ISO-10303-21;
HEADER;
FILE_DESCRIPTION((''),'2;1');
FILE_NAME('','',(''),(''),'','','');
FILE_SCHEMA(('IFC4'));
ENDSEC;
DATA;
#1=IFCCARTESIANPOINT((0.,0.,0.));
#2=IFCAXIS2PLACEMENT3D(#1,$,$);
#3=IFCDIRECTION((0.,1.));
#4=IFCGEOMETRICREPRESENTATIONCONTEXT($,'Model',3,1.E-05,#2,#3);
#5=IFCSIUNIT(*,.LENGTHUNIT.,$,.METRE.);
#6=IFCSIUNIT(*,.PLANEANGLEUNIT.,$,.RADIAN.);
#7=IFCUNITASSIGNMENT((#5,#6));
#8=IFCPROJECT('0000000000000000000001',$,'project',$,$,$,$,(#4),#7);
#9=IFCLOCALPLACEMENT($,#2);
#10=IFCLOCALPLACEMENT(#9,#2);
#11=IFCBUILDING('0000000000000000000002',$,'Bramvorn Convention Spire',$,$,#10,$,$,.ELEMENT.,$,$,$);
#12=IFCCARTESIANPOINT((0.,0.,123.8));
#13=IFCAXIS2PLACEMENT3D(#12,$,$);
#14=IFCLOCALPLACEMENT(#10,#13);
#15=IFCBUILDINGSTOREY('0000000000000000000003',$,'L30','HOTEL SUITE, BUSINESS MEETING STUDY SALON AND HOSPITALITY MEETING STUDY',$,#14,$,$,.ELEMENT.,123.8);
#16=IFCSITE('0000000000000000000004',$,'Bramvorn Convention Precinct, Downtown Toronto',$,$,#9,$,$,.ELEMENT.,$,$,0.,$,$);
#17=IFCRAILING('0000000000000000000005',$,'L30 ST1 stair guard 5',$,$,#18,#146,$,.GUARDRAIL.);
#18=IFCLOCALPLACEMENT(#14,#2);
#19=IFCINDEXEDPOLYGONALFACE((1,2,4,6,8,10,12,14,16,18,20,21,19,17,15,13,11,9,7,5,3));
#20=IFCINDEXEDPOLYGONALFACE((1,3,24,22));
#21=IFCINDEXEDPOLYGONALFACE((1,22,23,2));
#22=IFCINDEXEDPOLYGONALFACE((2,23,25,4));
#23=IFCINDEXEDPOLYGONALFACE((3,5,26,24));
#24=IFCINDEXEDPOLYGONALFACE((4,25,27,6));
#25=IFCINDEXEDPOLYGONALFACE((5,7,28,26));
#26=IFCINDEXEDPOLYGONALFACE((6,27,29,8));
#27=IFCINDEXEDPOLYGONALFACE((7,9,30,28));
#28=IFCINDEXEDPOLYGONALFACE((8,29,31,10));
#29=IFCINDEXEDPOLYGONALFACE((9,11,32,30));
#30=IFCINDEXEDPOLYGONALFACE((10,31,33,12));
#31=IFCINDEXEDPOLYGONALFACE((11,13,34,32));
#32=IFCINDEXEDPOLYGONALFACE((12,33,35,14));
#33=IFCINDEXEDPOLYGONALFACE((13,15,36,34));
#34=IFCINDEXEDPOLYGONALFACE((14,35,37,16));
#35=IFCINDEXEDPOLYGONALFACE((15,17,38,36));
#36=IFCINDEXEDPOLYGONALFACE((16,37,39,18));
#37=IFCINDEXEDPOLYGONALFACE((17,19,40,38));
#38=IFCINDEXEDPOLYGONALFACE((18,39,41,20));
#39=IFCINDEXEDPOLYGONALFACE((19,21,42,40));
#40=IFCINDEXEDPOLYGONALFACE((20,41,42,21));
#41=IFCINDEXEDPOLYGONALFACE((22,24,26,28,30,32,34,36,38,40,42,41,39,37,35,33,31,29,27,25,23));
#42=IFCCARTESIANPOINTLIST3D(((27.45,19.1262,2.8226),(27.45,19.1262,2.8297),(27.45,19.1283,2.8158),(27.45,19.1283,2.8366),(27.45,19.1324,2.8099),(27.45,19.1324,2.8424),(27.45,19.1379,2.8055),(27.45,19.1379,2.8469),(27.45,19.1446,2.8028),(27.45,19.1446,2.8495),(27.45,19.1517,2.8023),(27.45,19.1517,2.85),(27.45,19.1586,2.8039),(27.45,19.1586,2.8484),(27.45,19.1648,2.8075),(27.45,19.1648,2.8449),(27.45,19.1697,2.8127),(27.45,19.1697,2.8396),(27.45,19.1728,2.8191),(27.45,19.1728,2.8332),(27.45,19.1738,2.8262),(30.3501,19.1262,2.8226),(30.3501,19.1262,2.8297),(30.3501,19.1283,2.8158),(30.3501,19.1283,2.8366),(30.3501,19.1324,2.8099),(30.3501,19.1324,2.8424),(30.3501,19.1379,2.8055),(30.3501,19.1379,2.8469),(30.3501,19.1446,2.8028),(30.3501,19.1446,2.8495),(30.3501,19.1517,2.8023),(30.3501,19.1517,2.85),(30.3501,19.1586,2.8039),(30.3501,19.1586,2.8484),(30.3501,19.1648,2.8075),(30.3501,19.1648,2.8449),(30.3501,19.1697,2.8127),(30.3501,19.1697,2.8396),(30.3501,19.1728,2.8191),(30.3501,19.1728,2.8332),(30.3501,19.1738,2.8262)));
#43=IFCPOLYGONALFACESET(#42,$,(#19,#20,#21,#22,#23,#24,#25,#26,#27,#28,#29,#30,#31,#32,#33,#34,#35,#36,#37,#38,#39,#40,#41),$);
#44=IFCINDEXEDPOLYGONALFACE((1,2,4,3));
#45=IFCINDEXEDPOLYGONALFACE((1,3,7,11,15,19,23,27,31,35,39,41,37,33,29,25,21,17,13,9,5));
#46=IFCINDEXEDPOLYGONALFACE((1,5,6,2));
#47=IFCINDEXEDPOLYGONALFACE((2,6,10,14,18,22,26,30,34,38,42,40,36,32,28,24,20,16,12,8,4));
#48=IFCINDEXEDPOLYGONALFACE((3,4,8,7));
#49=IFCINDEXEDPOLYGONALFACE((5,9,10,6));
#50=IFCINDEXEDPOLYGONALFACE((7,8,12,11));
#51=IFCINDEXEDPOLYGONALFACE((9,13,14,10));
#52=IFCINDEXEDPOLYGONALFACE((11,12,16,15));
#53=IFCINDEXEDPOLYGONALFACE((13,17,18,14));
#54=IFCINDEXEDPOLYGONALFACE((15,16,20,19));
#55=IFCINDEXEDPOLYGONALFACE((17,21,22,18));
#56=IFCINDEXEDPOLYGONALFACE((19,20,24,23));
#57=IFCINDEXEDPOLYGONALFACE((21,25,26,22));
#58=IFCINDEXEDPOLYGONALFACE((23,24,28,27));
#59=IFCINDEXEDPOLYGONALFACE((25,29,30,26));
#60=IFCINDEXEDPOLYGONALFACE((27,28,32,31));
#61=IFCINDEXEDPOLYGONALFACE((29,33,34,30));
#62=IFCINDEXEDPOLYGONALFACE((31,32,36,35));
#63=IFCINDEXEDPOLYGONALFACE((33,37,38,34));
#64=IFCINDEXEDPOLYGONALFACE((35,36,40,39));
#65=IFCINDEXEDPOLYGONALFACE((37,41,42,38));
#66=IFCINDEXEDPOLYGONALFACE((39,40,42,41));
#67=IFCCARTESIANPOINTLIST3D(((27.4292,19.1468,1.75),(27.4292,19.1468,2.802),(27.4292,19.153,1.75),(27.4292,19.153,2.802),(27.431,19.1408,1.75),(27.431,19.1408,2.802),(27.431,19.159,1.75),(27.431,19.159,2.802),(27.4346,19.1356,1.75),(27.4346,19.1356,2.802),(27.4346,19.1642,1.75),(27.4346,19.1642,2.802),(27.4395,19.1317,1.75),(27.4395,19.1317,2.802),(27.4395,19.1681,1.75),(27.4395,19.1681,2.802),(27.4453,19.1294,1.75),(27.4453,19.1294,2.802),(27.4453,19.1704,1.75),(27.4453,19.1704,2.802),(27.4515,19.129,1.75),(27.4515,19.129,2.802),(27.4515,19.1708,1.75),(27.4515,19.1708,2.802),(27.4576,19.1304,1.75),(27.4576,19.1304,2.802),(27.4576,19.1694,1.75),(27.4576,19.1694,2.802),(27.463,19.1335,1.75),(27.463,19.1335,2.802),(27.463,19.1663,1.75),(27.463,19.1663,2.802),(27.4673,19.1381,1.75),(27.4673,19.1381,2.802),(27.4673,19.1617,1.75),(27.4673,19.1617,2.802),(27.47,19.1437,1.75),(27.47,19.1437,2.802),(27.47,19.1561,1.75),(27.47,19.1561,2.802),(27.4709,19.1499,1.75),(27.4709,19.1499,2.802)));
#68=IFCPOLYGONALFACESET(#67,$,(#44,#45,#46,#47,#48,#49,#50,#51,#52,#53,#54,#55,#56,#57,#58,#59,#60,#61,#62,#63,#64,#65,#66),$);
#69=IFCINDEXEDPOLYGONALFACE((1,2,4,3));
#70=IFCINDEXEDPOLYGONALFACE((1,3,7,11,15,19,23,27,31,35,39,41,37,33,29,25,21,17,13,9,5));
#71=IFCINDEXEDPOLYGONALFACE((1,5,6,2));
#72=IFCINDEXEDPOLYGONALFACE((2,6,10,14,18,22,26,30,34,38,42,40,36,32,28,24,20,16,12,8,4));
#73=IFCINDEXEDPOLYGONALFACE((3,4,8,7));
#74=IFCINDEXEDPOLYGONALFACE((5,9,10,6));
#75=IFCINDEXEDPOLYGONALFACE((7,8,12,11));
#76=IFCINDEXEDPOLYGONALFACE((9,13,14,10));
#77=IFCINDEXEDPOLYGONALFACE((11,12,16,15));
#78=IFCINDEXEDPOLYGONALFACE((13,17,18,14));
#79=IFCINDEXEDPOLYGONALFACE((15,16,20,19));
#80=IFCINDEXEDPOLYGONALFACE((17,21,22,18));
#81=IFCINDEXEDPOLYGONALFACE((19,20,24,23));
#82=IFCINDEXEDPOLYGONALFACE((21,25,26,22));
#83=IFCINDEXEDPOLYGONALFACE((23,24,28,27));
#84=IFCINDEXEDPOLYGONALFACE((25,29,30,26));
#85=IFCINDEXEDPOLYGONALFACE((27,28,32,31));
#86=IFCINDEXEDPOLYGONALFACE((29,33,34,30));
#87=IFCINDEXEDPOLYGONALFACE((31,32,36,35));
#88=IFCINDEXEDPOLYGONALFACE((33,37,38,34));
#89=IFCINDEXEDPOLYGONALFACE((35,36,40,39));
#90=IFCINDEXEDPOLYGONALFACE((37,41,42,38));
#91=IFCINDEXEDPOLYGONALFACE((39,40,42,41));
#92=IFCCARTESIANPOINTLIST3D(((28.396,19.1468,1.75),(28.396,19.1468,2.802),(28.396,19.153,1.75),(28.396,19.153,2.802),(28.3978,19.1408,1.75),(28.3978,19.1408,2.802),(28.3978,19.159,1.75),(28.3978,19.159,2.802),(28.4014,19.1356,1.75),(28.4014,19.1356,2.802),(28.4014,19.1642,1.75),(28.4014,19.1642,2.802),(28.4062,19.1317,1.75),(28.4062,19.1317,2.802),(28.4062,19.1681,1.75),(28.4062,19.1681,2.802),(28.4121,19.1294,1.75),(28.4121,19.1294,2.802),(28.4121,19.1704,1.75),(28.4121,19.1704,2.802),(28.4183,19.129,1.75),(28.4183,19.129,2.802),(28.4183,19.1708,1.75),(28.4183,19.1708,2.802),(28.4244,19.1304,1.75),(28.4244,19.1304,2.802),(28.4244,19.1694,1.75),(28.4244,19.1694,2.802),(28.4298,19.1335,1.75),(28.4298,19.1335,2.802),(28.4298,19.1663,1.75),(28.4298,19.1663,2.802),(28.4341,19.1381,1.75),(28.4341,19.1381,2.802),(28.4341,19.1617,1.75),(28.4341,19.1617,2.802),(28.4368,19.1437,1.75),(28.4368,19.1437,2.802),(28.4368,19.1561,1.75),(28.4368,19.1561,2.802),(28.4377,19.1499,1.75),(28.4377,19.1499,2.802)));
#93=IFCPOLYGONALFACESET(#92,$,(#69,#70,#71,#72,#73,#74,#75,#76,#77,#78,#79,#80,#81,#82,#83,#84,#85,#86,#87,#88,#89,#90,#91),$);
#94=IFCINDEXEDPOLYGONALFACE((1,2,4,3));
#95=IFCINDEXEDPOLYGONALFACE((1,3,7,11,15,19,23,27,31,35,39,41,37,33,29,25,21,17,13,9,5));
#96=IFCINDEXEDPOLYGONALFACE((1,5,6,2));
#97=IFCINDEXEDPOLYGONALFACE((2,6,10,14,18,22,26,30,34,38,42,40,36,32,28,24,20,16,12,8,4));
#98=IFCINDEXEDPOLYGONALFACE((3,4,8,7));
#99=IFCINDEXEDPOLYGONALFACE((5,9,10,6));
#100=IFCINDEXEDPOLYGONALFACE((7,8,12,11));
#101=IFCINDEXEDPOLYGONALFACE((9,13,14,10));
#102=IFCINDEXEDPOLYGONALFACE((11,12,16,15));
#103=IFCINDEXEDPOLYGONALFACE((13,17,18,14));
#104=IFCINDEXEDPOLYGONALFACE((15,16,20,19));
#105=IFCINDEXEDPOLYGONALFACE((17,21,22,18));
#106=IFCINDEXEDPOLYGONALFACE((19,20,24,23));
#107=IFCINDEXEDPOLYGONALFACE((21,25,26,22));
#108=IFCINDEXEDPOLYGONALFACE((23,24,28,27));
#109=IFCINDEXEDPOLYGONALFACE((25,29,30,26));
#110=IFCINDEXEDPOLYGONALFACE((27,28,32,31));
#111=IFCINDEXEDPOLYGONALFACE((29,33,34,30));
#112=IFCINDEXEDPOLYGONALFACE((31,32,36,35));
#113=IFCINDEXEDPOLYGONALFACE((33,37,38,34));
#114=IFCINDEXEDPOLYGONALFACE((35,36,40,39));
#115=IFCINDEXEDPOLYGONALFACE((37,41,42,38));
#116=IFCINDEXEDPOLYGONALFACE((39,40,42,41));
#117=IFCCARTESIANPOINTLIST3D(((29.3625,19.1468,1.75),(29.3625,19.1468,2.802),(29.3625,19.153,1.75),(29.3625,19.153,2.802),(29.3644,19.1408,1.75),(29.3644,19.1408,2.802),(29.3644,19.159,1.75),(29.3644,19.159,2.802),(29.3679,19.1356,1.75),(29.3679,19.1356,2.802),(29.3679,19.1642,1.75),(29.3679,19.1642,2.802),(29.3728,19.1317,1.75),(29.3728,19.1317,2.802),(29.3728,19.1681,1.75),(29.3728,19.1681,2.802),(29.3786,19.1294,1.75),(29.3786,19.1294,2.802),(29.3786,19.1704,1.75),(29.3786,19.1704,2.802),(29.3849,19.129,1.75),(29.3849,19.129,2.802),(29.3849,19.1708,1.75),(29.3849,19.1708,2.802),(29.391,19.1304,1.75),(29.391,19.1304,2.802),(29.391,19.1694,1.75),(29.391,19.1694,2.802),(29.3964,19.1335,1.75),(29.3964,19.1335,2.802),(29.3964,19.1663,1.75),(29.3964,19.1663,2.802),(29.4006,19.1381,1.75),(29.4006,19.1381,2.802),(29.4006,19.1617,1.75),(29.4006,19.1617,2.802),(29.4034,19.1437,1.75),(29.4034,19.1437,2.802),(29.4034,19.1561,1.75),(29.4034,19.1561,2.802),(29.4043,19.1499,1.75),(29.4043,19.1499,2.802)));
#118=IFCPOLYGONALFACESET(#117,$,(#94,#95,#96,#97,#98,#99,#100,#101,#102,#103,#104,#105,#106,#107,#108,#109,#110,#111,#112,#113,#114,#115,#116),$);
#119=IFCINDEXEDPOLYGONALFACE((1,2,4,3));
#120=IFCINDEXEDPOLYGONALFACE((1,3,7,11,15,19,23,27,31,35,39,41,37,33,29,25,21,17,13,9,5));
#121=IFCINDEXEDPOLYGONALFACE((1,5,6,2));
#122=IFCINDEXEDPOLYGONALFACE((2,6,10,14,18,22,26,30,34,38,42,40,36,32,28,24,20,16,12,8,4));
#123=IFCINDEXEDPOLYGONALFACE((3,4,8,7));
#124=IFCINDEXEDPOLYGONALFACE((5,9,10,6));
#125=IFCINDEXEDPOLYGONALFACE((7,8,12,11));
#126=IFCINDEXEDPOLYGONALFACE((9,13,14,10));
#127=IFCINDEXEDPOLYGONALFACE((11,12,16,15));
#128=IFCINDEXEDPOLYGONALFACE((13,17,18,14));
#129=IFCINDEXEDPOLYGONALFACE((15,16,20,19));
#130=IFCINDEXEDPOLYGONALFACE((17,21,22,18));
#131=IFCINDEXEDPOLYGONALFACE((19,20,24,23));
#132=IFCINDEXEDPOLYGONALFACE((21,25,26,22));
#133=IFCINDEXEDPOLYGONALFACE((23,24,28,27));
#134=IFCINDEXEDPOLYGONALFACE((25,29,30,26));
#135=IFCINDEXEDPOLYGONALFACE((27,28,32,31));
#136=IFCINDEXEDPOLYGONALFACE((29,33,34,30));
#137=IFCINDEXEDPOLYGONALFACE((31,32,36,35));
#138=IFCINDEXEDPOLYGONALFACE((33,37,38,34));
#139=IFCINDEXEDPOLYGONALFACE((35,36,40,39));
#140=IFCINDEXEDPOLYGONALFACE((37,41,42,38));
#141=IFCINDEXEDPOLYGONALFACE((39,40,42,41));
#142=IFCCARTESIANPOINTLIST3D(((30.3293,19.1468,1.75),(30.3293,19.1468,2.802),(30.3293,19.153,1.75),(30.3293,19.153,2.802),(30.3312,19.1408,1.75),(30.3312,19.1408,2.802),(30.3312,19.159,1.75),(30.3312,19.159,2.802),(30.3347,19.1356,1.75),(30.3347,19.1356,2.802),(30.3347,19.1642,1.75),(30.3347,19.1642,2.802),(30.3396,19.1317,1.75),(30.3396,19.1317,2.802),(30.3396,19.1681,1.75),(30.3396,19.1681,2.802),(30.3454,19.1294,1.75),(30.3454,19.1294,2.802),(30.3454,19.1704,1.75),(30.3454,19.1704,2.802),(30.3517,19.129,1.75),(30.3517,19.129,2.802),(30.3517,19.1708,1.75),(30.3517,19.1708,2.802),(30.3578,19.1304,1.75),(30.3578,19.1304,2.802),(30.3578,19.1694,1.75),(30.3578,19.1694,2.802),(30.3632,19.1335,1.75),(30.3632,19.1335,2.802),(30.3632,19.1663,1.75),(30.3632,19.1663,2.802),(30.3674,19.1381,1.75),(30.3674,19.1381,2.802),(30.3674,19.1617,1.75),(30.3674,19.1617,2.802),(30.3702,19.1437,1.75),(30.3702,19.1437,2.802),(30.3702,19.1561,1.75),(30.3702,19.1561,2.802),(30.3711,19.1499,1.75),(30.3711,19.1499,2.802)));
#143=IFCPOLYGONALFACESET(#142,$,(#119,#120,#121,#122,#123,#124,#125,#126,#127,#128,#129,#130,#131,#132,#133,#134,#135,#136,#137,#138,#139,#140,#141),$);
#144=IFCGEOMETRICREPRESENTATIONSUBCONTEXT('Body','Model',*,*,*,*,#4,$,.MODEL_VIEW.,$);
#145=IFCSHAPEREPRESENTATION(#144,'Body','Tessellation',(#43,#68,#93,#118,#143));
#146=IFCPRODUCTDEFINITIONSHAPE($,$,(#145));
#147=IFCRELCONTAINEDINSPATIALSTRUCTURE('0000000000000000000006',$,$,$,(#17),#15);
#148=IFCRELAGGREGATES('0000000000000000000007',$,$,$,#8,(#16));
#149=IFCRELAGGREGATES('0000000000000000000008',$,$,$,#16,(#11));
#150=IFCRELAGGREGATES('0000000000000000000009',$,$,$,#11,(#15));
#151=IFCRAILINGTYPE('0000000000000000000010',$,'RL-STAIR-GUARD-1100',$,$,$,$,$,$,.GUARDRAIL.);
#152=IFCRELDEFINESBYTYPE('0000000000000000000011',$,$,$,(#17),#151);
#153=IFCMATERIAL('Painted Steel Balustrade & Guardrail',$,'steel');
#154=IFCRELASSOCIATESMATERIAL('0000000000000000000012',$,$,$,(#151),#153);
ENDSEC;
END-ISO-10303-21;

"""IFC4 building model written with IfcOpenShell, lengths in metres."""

from ifc_helpers import new_model, si_unit, direction, frame, origin, origin_2d, place, context, subcontext, project, spatial, circle, extrude, material, type_object, element, save


model = new_model("IFC4")

# Units and contexts
model_context = context("Model", 3, precision=1e-05, world=origin(), true_north=direction((0.0, 1.0)))
body_context = subcontext(model_context, "Body", "Model", "MODEL_VIEW")
ifc_project = project(units=[si_unit("LENGTHUNIT", "METRE"), si_unit("PLANEANGLEUNIT", "RADIAN")], contexts=[model_context])

# Site, building, storey
site_placement = place(None, origin())
site = spatial("IfcSite", under=ifc_project, at=site_placement, Name="Bramvorn Convention Precinct, Downtown Toronto", CompositionType="ELEMENT", RefElevation=0.0)
building_placement = place(site_placement, origin())
building = spatial("IfcBuilding", under=site, at=building_placement, Name="Bramvorn Convention Spire", CompositionType="ELEMENT")
storey_placement = place(building_placement, frame((0.0, 0.0, 123.8)))
storey = spatial("IfcBuildingStorey", under=building, at=storey_placement, Name="L30", Description="HOTEL SUITE, BUSINESS MEETING STUDY SALON AND HOSPITALITY MEETING STUDY", CompositionType="ELEMENT", Elevation=123.8)

# Railing
ifc_material_1 = material(Name="Painted Steel Balustrade & Guardrail", Category="steel")
railing_type_1 = type_object("IfcRailingType", Name="RL-STAIR-GUARD-1100", PredefinedType="GUARDRAIL", material=ifc_material_1)
railing_1_placement = place(storey_placement, frame((27.45, 19.1499, 1.75)))
element("IfcRailing", 1, at=railing_1_placement, inside=storey, type_object=railing_type_1, Name="L30 ST1 stair guard 5", PredefinedType="GUARDRAIL", context=body_context, shape_type="SweptSolid", body=[
    extrude(circle(Radius=0.0239, at=origin_2d()), frame((0.0, 0.0, 1.0762), z_axis=(1.0, 0.0, 0.0), x_axis=(0.0, 1.0, 0.0)), (0.0, 0.0, 1.0), 2.9001),
    extrude(circle(Radius=0.021, at=origin_2d()), origin(), (0.0, 0.0, 1.0), 1.052),
    extrude(circle(Radius=0.021, at=origin_2d()), frame((0.9668, 0.0, 0.0)), (0.0, 0.0, 1.0), 1.052),
    extrude(circle(Radius=0.021, at=origin_2d()), frame((1.9333, 0.0, 0.0)), (0.0, 0.0, 1.0), 1.052),
    extrude(circle(Radius=0.021, at=origin_2d()), frame((2.9001, 0.0, 0.0)), (0.0, 0.0, 1.0), 1.052),
])

save(model, "model.ifc")
